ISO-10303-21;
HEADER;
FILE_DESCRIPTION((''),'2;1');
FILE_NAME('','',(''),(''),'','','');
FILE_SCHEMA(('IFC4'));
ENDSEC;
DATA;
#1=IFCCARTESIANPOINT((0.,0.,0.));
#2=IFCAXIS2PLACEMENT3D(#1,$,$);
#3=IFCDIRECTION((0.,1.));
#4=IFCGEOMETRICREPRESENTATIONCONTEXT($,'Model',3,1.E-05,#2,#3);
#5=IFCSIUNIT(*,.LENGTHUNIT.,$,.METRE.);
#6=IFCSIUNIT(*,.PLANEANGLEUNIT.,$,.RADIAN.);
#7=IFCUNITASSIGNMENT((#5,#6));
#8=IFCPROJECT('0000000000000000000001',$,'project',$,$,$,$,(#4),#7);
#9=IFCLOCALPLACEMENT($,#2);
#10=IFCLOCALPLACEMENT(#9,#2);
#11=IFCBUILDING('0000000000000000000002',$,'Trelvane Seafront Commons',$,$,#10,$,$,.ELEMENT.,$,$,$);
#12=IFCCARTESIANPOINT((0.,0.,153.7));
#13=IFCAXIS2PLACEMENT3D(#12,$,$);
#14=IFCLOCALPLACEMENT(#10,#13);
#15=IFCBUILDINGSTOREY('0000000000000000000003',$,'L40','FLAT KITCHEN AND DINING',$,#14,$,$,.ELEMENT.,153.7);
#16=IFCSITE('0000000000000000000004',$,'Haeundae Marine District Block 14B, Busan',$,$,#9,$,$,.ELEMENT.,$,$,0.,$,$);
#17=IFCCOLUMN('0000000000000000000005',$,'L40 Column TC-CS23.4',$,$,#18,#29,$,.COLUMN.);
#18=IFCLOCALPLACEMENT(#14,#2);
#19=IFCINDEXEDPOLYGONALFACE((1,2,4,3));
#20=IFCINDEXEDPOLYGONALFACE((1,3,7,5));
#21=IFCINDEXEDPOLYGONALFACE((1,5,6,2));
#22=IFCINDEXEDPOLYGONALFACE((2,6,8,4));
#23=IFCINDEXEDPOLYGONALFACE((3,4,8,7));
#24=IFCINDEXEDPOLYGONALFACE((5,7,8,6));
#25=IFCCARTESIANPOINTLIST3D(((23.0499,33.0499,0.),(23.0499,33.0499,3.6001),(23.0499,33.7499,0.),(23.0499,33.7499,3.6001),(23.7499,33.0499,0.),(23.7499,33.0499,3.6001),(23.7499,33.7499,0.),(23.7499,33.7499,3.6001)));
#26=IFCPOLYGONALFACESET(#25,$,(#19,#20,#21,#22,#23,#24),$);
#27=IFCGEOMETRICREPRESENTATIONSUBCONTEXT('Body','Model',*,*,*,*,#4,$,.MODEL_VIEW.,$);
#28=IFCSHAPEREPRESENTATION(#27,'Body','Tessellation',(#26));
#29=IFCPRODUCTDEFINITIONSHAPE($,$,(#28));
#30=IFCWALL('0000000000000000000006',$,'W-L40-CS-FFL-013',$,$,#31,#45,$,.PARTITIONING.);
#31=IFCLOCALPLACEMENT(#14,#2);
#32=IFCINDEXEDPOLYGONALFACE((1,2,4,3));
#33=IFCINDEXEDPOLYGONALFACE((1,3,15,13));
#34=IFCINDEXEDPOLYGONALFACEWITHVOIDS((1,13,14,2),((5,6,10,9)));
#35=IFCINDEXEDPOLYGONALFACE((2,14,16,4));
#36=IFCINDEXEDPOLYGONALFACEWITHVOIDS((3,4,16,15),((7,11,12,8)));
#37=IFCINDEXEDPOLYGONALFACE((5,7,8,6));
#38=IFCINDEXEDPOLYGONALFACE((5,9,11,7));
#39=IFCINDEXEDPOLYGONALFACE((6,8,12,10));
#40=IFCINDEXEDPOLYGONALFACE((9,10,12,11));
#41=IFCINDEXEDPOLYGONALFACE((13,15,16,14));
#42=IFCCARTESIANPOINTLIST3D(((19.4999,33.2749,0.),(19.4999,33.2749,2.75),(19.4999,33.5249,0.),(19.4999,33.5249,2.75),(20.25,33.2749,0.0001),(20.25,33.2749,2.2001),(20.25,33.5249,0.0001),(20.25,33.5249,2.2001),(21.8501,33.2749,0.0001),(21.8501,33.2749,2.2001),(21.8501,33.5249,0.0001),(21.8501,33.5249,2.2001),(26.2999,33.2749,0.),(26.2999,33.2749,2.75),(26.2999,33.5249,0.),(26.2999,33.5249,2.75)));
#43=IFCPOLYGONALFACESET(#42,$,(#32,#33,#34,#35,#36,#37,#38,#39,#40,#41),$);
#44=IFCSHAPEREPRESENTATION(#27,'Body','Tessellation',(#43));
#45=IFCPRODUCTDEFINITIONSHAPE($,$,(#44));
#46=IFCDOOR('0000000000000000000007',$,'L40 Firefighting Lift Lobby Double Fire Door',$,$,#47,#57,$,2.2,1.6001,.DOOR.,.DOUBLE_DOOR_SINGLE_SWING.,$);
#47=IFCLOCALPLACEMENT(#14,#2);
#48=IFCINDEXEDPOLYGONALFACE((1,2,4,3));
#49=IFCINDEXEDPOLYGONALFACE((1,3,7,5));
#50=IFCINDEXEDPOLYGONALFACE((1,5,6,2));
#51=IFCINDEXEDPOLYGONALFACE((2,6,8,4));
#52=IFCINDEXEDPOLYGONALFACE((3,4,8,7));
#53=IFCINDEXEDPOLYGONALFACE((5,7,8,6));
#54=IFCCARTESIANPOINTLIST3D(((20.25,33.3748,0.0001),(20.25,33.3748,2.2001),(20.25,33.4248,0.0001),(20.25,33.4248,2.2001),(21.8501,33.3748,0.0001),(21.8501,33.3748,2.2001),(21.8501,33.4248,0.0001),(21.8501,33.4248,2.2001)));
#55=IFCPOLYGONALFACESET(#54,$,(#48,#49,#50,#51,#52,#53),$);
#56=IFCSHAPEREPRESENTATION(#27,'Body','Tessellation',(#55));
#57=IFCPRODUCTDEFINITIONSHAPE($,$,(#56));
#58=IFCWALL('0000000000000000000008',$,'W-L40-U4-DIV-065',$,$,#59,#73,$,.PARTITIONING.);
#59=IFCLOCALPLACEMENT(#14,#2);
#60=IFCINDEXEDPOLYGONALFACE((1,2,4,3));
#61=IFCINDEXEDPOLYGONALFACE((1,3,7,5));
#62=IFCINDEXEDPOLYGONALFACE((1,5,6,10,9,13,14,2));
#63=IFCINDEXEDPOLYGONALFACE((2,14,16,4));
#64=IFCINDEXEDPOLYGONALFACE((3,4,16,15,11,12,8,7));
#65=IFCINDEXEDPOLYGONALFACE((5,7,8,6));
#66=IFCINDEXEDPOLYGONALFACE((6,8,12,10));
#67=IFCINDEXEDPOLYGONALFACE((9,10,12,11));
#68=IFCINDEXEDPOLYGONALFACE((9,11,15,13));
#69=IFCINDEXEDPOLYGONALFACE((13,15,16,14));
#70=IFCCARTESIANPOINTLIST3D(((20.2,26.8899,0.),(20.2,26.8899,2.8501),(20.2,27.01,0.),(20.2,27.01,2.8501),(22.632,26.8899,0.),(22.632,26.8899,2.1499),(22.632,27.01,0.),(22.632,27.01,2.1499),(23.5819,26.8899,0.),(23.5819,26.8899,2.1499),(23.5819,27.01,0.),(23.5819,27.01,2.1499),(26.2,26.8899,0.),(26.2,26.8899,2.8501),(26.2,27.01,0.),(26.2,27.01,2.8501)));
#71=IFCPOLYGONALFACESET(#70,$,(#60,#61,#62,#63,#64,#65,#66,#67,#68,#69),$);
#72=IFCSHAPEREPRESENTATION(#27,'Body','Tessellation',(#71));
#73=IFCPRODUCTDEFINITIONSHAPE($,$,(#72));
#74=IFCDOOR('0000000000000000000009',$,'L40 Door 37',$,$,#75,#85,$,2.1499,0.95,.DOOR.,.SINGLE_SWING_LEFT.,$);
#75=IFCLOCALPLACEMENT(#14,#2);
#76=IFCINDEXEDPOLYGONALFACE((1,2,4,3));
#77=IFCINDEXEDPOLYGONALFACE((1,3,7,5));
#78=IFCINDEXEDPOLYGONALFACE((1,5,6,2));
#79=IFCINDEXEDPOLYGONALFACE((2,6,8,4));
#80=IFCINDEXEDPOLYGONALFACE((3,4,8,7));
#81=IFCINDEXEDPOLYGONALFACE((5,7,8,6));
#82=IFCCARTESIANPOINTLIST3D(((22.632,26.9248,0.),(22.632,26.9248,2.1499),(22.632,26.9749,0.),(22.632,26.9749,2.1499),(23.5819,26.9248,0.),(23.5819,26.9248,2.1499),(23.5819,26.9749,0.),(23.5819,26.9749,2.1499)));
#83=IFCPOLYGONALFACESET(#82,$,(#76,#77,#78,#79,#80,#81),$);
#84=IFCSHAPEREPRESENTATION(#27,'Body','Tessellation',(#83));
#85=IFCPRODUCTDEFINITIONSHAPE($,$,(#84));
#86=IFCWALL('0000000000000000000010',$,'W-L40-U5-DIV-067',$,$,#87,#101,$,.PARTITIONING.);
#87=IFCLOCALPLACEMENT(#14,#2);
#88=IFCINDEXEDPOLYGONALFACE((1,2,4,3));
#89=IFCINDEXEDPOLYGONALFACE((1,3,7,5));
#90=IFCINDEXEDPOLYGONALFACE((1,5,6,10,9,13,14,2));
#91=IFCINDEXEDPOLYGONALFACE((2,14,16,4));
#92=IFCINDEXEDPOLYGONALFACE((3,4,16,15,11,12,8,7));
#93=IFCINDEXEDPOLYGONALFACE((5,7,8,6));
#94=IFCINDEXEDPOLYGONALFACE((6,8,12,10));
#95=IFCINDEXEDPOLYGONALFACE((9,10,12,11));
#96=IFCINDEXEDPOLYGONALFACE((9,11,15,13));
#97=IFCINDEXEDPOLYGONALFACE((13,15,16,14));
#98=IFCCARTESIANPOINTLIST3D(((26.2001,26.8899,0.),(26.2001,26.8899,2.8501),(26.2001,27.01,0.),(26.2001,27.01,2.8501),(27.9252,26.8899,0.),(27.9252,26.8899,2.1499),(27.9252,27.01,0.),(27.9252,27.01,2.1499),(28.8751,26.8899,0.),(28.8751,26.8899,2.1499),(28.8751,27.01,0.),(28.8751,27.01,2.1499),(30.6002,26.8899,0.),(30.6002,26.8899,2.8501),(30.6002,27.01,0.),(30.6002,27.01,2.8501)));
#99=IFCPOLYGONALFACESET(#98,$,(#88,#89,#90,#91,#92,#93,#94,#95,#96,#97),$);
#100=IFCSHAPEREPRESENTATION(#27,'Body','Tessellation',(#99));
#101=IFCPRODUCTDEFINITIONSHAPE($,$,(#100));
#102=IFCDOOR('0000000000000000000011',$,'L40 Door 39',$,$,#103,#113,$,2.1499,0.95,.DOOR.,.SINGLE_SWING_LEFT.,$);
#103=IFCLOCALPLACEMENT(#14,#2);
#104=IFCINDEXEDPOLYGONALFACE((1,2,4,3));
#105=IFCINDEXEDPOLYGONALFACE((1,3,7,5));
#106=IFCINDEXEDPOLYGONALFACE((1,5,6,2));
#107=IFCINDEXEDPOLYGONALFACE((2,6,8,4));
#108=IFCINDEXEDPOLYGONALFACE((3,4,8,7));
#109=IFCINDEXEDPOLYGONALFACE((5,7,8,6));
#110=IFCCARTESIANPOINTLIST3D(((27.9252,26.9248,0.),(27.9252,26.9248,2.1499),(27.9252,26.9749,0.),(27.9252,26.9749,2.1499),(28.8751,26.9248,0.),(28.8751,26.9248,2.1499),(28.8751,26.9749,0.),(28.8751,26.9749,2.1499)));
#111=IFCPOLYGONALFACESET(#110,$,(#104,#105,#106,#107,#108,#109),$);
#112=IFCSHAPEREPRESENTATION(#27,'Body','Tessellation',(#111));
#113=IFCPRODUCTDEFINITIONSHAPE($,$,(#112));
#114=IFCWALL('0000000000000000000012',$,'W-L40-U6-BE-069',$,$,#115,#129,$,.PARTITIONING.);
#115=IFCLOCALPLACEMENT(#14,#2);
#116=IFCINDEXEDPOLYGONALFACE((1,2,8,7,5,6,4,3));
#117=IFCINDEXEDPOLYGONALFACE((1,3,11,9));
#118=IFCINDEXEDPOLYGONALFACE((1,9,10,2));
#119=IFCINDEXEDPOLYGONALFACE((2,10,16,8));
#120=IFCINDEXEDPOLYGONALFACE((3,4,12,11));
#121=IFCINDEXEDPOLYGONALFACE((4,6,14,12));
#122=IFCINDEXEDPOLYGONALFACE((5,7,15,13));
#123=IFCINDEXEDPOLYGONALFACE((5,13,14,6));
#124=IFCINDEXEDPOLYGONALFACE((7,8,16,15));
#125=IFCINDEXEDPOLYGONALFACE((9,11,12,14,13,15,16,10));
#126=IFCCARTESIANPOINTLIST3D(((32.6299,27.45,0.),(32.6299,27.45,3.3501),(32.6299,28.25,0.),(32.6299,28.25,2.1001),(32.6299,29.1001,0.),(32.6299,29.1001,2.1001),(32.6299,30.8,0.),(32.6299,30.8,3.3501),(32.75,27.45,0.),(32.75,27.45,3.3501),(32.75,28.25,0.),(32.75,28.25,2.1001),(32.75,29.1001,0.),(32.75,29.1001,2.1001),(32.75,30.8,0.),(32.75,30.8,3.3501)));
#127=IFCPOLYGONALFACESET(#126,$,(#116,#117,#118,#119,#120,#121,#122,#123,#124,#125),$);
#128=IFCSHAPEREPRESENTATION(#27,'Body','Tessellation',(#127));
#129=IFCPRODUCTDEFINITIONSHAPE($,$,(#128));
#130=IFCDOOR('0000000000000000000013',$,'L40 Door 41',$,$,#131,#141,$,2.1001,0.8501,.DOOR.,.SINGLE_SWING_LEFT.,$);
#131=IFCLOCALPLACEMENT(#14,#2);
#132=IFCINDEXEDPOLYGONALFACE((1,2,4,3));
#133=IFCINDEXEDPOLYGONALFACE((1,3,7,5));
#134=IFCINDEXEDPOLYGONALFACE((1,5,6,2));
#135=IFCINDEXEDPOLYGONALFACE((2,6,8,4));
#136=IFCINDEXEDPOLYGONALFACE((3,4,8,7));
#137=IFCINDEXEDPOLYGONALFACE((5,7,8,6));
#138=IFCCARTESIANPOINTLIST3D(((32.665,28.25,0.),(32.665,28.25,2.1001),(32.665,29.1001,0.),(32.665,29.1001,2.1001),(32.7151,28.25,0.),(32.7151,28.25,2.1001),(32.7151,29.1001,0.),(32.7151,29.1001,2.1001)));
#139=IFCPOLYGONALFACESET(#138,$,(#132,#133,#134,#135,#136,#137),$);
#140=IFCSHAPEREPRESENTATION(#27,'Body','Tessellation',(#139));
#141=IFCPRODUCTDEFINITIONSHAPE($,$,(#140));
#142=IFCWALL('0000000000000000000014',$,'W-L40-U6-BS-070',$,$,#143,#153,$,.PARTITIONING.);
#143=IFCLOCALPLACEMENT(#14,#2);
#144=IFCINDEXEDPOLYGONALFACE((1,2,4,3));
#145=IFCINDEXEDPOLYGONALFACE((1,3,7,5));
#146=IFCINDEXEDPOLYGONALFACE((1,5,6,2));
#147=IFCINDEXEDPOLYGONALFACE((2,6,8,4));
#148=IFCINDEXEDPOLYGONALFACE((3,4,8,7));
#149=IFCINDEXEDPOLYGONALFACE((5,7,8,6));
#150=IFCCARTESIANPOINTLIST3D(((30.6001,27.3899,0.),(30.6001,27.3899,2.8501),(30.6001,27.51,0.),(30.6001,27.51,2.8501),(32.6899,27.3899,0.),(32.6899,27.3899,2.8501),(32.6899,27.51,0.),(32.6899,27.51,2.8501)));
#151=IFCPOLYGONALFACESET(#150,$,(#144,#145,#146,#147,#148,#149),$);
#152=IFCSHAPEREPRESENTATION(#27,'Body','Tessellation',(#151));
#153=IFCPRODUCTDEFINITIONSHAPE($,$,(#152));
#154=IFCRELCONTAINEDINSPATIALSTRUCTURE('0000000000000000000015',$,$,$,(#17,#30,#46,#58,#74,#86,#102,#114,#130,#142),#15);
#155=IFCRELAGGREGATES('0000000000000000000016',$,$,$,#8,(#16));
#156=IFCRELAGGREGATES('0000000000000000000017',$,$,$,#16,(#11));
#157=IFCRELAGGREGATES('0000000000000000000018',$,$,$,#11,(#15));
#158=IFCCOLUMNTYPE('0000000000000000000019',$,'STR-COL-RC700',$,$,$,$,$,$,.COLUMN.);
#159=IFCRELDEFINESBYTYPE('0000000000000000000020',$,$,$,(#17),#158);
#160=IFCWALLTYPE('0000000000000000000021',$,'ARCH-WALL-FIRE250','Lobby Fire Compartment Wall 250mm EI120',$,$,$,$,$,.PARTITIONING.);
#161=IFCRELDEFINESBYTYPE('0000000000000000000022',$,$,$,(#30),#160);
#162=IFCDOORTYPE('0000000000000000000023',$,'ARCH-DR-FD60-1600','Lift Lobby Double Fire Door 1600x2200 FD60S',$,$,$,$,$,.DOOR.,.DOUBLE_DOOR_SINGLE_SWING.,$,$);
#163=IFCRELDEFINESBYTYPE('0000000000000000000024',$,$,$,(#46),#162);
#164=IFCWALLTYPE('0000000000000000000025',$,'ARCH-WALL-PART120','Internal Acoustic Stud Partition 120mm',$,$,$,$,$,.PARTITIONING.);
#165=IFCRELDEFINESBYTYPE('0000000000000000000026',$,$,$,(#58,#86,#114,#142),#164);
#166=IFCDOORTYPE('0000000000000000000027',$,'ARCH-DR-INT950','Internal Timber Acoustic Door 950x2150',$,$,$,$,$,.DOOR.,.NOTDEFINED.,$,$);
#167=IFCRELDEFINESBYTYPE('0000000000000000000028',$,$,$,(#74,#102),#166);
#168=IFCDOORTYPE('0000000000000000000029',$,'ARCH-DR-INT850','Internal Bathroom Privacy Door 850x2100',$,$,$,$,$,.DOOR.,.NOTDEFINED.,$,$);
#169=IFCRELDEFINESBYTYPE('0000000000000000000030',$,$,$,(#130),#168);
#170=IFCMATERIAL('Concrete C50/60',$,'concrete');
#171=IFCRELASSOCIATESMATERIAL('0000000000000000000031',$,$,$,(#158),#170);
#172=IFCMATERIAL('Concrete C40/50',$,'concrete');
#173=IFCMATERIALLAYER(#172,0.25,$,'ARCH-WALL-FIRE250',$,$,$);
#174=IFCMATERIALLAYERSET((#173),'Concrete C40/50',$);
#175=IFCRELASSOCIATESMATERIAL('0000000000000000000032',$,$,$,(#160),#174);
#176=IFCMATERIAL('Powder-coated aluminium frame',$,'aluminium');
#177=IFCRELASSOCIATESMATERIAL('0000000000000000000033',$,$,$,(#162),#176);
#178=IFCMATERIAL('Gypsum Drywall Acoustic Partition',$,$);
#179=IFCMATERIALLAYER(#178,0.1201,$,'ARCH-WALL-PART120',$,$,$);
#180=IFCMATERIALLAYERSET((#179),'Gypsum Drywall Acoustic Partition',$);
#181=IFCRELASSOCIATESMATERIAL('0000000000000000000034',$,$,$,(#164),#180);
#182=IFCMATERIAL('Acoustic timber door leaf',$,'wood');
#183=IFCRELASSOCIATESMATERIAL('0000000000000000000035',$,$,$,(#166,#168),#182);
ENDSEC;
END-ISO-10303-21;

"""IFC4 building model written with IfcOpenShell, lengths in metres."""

from ifc_helpers import new_model, si_unit, direction, frame, frame_2d, origin, origin_2d, place, context, subcontext, project, spatial, rectangle, extrude, source, transform, mapped, material, layer, layer_set, material_profile, profile_set, type_object, element, fill, save


model = new_model("IFC4")

# Units and contexts
model_context = context("Model", 3, precision=1e-05, world=origin(), true_north=direction((0.0, 1.0)))
body_context = subcontext(model_context, "Body", "Model", "MODEL_VIEW")
ifc_project = project(units=[si_unit("LENGTHUNIT", "METRE"), si_unit("PLANEANGLEUNIT", "RADIAN")], contexts=[model_context])

# Site, building, storey
site_placement = place(None, origin())
site = spatial("IfcSite", under=ifc_project, at=site_placement, Name="Haeundae Marine District Block 14B, Busan", CompositionType="ELEMENT", RefElevation=0.0)
building_placement = place(site_placement, origin())
building = spatial("IfcBuilding", under=site, at=building_placement, Name="Trelvane Seafront Commons", CompositionType="ELEMENT")
storey_placement = place(building_placement, frame((0.0, 0.0, 153.7)))
storey = spatial("IfcBuildingStorey", under=building, at=storey_placement, Name="L40", Description="FLAT KITCHEN AND DINING", CompositionType="ELEMENT", Elevation=153.7)

# Column
ifc_material_1 = material(Name="Concrete C50/60", Category="concrete")
ifc_material_profile = material_profile(ifc_material_1, rectangle(XDim=0.7, YDim=0.7, at=origin_2d()), Name="RC-700x700")
ifc_profile_set = profile_set([ifc_material_profile], Name="Concrete C50/60")
column_type = type_object("IfcColumnType", Name="STR-COL-RC700", PredefinedType="COLUMN", material=ifc_profile_set)
shared_shape_1 = source(origin(), body_context, "Body", "SweptSolid", [
    extrude(rectangle(XDim=0.7, YDim=0.7, at=origin_2d()), origin(), (0.0, 0.0, 1.0), 3.6001),
])
column_placement = place(storey_placement, frame((23.3999, 33.3999, 0.0), z_axis=(0.0, 0.0, 1.0), x_axis=(1.0, 0.0, 0.0)))
element("IfcColumn", 1, at=column_placement, inside=storey, type_object=column_type, Name="L40 Column TC-CS23.4", PredefinedType="COLUMN", context=body_context, shape_type="MappedRepresentation", body=[
    mapped(shared_shape_1, transform((0.0, 0.0, 0.0), x_axis=(1.0, 0.0, 0.0), y_axis=(0.0, 1.0, 0.0), z_axis=(0.0, 0.0, 1.0), scale=1.0)),
])

# Walls, openings, doors
ifc_material_2 = material(Name="Concrete C40/50", Category="concrete")
ifc_layer_1 = layer(ifc_material_2, 0.25, Name="ARCH-WALL-FIRE250")
ifc_layer_set_1 = layer_set([ifc_layer_1], Name="Concrete C40/50")
wall_type_1 = type_object("IfcWallType", Name="ARCH-WALL-FIRE250", Description="Lobby Fire Compartment Wall 250mm EI120", PredefinedType="PARTITIONING", material=ifc_layer_set_1)
wall_1_placement = place(storey_placement, frame((19.5, 33.3999, 0.0), z_axis=(0.0, 0.0, 1.0), x_axis=(1.0, 0.0, 0.0)))
wall_1 = element("IfcWall", 2, at=wall_1_placement, inside=storey, type_object=wall_type_1, Name="W-L40-CS-FFL-013", PredefinedType="PARTITIONING", context=body_context, shape_type="SweptSolid", body=[
    extrude(rectangle(XDim=6.8, YDim=0.25, at=frame_2d((3.3999, 0.0))), origin(), (0.0, 0.0, 1.0), 2.75),
])
opening_1_placement = place(wall_1_placement, frame((0.75, 0.0, 0.0)))
opening_1 = element("IfcOpeningElement", 3, at=opening_1_placement, cuts=wall_1, PredefinedType="OPENING", context=body_context, shape_type="SweptSolid", body=[
    extrude(rectangle(XDim=1.6001, YDim=2.2, at=frame_2d((0.8, 1.1001))), frame((0.0, 0.135, 0.0), z_axis=(0.0, -1.0, 0.0), x_axis=(1.0, 0.0, 0.0)), (0.0, 0.0, 1.0), 0.27),
])
ifc_material_3 = material(Name="Powder-coated aluminium frame", Category="aluminium")
door_type_1 = type_object("IfcDoorType", Name="ARCH-DR-FD60-1600", Description="Lift Lobby Double Fire Door 1600x2200 FD60S", OperationType="DOUBLE_DOOR_SINGLE_SWING", PredefinedType="DOOR", material=ifc_material_3)
shared_shape_2 = source(origin(), body_context, "Body", "SweptSolid", [
    extrude(rectangle(XDim=1.6001, YDim=2.2, at=frame_2d((0.8, 1.1001))), frame((0.0, 0.0249, 0.0), z_axis=(0.0, -1.0, 0.0), x_axis=(1.0, 0.0, 0.0)), (0.0, 0.0, 1.0), 0.05),
])
door_1_placement = place(opening_1_placement, origin())
door_1 = element("IfcDoor", 4, at=door_1_placement, inside=storey, type_object=door_type_1, Name="L40 Firefighting Lift Lobby Double Fire Door", OperationType="DOUBLE_DOOR_SINGLE_SWING", OverallHeight=2.2, OverallWidth=1.6001, PredefinedType="DOOR", context=body_context, shape_type="MappedRepresentation", body=[
    mapped(shared_shape_2, transform((0.0, 0.0, 0.0), x_axis=(1.0, 0.0, 0.0), y_axis=(0.0, 1.0, 0.0), z_axis=(0.0, 0.0, 1.0), scale=1.0)),
])
fill(opening_1, door_1)
ifc_material_4 = material(Name="Gypsum Drywall Acoustic Partition")
ifc_layer_2 = layer(ifc_material_4, 0.1201, Name="ARCH-WALL-PART120")
ifc_layer_set_2 = layer_set([ifc_layer_2], Name="Gypsum Drywall Acoustic Partition")
wall_type_2 = type_object("IfcWallType", Name="ARCH-WALL-PART120", Description="Internal Acoustic Stud Partition 120mm", PredefinedType="PARTITIONING", material=ifc_layer_set_2)
wall_2_placement = place(storey_placement, frame((20.2, 26.95, 0.0), z_axis=(0.0, 0.0, 1.0), x_axis=(1.0, 0.0, 0.0)))
wall_2 = element("IfcWall", 5, at=wall_2_placement, inside=storey, type_object=wall_type_2, Name="W-L40-U4-DIV-065", PredefinedType="PARTITIONING", context=body_context, shape_type="SweptSolid", body=[
    extrude(rectangle(XDim=6.0, YDim=0.1201, at=frame_2d((3.0, 0.0))), origin(), (0.0, 0.0, 1.0), 2.8501),
])
opening_2_placement = place(wall_2_placement, frame((2.4319, 0.0, 0.0)))
opening_2 = element("IfcOpeningElement", 6, at=opening_2_placement, cuts=wall_2, PredefinedType="OPENING", context=body_context, shape_type="SweptSolid", body=[
    extrude(rectangle(XDim=0.95, YDim=2.1499, at=frame_2d((0.4751, 1.075))), frame((0.0, 0.0701, 0.0), z_axis=(0.0, -1.0, 0.0), x_axis=(1.0, 0.0, 0.0)), (0.0, 0.0, 1.0), 0.1401),
])
ifc_material_5 = material(Name="Acoustic timber door leaf", Category="wood")
door_type_2 = type_object("IfcDoorType", Name="ARCH-DR-INT950", Description="Internal Timber Acoustic Door 950x2150", OperationType="NOTDEFINED", PredefinedType="DOOR", material=ifc_material_5)
shared_shape_3 = source(origin(), body_context, "Body", "SweptSolid", [
    extrude(rectangle(XDim=0.95, YDim=2.1499, at=frame_2d((0.4751, 1.075))), frame((0.0, 0.0249, 0.0), z_axis=(0.0, -1.0, 0.0), x_axis=(1.0, 0.0, 0.0)), (0.0, 0.0, 1.0), 0.05),
])
door_2_placement = place(opening_2_placement, origin())
door_2 = element("IfcDoor", 7, at=door_2_placement, inside=storey, type_object=door_type_2, Name="L40 Door 37", OperationType="SINGLE_SWING_LEFT", OverallHeight=2.1499, OverallWidth=0.95, PredefinedType="DOOR", context=body_context, shape_type="MappedRepresentation", body=[
    mapped(shared_shape_3, transform((0.0, 0.0, 0.0), x_axis=(1.0, 0.0, 0.0), y_axis=(0.0, 1.0, 0.0), z_axis=(0.0, 0.0, 1.0), scale=1.0)),
])
fill(opening_2, door_2)
wall_3_placement = place(storey_placement, frame((26.2, 26.95, 0.0), z_axis=(0.0, 0.0, 1.0), x_axis=(1.0, 0.0, 0.0)))
wall_3 = element("IfcWall", 8, at=wall_3_placement, inside=storey, type_object=wall_type_2, Name="W-L40-U5-DIV-067", PredefinedType="PARTITIONING", context=body_context, shape_type="SweptSolid", body=[
    extrude(rectangle(XDim=4.4001, YDim=0.1201, at=frame_2d((2.2002, 0.0))), origin(), (0.0, 0.0, 1.0), 2.8501),
])
opening_3_placement = place(wall_3_placement, frame((1.7251, 0.0, 0.0)))
opening_3 = element("IfcOpeningElement", 9, at=opening_3_placement, cuts=wall_3, PredefinedType="OPENING", context=body_context, shape_type="SweptSolid", body=[
    extrude(rectangle(XDim=0.95, YDim=2.1499, at=frame_2d((0.4751, 1.075))), frame((0.0, 0.0701, 0.0), z_axis=(0.0, -1.0, 0.0), x_axis=(1.0, 0.0, 0.0)), (0.0, 0.0, 1.0), 0.1401),
])
door_3_placement = place(opening_3_placement, origin())
door_3 = element("IfcDoor", 10, at=door_3_placement, inside=storey, type_object=door_type_2, Name="L40 Door 39", OperationType="SINGLE_SWING_LEFT", OverallHeight=2.1499, OverallWidth=0.95, PredefinedType="DOOR", context=body_context, shape_type="MappedRepresentation", body=[
    mapped(shared_shape_3, transform((0.0, 0.0, 0.0), x_axis=(1.0, 0.0, 0.0), y_axis=(0.0, 1.0, 0.0), z_axis=(0.0, 0.0, 1.0), scale=1.0)),
])
fill(opening_3, door_3)
wall_4_placement = place(storey_placement, frame((32.6899, 27.45, 0.0), z_axis=(0.0, 0.0, 1.0), x_axis=(0.0, 1.0, 0.0)))
wall_4 = element("IfcWall", 11, at=wall_4_placement, inside=storey, type_object=wall_type_2, Name="W-L40-U6-BE-069", PredefinedType="PARTITIONING", context=body_context, shape_type="SweptSolid", body=[
    extrude(rectangle(XDim=3.3501, YDim=0.1201, at=frame_2d((1.675, 0.0))), origin(), (0.0, 0.0, 1.0), 3.3501),
])
opening_4_placement = place(wall_4_placement, frame((0.8, 0.0, 0.0)))
opening_4 = element("IfcOpeningElement", 12, at=opening_4_placement, cuts=wall_4, PredefinedType="OPENING", context=body_context, shape_type="SweptSolid", body=[
    extrude(rectangle(XDim=0.8501, YDim=2.1001, at=frame_2d((0.425, 1.05))), frame((0.0, 0.0701, 0.0), z_axis=(0.0, -1.0, 0.0), x_axis=(1.0, 0.0, 0.0)), (0.0, 0.0, 1.0), 0.1401),
])
door_type_3 = type_object("IfcDoorType", Name="ARCH-DR-INT850", Description="Internal Bathroom Privacy Door 850x2100", OperationType="NOTDEFINED", PredefinedType="DOOR", material=ifc_material_5)
shared_shape_4 = source(origin(), body_context, "Body", "SweptSolid", [
    extrude(rectangle(XDim=0.8501, YDim=2.1001, at=frame_2d((0.425, 1.05))), frame((0.0, 0.0249, 0.0), z_axis=(0.0, -1.0, 0.0), x_axis=(1.0, 0.0, 0.0)), (0.0, 0.0, 1.0), 0.05),
])
door_4_placement = place(opening_4_placement, origin())
door_4 = element("IfcDoor", 13, at=door_4_placement, inside=storey, type_object=door_type_3, Name="L40 Door 41", OperationType="SINGLE_SWING_LEFT", OverallHeight=2.1001, OverallWidth=0.8501, PredefinedType="DOOR", context=body_context, shape_type="MappedRepresentation", body=[
    mapped(shared_shape_4, transform((0.0, 0.0, 0.0), x_axis=(1.0, 0.0, 0.0), y_axis=(0.0, 1.0, 0.0), z_axis=(0.0, 0.0, 1.0), scale=1.0)),
])
fill(opening_4, door_4)

# Wall
wall_5_placement = place(storey_placement, frame((30.6001, 27.45, 0.0), z_axis=(0.0, 0.0, 1.0), x_axis=(1.0, 0.0, 0.0)))
element("IfcWall", 14, at=wall_5_placement, inside=storey, type_object=wall_type_2, Name="W-L40-U6-BS-070", PredefinedType="PARTITIONING", context=body_context, shape_type="SweptSolid", body=[
    extrude(rectangle(XDim=2.0898, YDim=0.1201, at=frame_2d((1.0449, 0.0))), origin(), (0.0, 0.0, 1.0), 2.8501),
])

save(model, "model.ifc")
